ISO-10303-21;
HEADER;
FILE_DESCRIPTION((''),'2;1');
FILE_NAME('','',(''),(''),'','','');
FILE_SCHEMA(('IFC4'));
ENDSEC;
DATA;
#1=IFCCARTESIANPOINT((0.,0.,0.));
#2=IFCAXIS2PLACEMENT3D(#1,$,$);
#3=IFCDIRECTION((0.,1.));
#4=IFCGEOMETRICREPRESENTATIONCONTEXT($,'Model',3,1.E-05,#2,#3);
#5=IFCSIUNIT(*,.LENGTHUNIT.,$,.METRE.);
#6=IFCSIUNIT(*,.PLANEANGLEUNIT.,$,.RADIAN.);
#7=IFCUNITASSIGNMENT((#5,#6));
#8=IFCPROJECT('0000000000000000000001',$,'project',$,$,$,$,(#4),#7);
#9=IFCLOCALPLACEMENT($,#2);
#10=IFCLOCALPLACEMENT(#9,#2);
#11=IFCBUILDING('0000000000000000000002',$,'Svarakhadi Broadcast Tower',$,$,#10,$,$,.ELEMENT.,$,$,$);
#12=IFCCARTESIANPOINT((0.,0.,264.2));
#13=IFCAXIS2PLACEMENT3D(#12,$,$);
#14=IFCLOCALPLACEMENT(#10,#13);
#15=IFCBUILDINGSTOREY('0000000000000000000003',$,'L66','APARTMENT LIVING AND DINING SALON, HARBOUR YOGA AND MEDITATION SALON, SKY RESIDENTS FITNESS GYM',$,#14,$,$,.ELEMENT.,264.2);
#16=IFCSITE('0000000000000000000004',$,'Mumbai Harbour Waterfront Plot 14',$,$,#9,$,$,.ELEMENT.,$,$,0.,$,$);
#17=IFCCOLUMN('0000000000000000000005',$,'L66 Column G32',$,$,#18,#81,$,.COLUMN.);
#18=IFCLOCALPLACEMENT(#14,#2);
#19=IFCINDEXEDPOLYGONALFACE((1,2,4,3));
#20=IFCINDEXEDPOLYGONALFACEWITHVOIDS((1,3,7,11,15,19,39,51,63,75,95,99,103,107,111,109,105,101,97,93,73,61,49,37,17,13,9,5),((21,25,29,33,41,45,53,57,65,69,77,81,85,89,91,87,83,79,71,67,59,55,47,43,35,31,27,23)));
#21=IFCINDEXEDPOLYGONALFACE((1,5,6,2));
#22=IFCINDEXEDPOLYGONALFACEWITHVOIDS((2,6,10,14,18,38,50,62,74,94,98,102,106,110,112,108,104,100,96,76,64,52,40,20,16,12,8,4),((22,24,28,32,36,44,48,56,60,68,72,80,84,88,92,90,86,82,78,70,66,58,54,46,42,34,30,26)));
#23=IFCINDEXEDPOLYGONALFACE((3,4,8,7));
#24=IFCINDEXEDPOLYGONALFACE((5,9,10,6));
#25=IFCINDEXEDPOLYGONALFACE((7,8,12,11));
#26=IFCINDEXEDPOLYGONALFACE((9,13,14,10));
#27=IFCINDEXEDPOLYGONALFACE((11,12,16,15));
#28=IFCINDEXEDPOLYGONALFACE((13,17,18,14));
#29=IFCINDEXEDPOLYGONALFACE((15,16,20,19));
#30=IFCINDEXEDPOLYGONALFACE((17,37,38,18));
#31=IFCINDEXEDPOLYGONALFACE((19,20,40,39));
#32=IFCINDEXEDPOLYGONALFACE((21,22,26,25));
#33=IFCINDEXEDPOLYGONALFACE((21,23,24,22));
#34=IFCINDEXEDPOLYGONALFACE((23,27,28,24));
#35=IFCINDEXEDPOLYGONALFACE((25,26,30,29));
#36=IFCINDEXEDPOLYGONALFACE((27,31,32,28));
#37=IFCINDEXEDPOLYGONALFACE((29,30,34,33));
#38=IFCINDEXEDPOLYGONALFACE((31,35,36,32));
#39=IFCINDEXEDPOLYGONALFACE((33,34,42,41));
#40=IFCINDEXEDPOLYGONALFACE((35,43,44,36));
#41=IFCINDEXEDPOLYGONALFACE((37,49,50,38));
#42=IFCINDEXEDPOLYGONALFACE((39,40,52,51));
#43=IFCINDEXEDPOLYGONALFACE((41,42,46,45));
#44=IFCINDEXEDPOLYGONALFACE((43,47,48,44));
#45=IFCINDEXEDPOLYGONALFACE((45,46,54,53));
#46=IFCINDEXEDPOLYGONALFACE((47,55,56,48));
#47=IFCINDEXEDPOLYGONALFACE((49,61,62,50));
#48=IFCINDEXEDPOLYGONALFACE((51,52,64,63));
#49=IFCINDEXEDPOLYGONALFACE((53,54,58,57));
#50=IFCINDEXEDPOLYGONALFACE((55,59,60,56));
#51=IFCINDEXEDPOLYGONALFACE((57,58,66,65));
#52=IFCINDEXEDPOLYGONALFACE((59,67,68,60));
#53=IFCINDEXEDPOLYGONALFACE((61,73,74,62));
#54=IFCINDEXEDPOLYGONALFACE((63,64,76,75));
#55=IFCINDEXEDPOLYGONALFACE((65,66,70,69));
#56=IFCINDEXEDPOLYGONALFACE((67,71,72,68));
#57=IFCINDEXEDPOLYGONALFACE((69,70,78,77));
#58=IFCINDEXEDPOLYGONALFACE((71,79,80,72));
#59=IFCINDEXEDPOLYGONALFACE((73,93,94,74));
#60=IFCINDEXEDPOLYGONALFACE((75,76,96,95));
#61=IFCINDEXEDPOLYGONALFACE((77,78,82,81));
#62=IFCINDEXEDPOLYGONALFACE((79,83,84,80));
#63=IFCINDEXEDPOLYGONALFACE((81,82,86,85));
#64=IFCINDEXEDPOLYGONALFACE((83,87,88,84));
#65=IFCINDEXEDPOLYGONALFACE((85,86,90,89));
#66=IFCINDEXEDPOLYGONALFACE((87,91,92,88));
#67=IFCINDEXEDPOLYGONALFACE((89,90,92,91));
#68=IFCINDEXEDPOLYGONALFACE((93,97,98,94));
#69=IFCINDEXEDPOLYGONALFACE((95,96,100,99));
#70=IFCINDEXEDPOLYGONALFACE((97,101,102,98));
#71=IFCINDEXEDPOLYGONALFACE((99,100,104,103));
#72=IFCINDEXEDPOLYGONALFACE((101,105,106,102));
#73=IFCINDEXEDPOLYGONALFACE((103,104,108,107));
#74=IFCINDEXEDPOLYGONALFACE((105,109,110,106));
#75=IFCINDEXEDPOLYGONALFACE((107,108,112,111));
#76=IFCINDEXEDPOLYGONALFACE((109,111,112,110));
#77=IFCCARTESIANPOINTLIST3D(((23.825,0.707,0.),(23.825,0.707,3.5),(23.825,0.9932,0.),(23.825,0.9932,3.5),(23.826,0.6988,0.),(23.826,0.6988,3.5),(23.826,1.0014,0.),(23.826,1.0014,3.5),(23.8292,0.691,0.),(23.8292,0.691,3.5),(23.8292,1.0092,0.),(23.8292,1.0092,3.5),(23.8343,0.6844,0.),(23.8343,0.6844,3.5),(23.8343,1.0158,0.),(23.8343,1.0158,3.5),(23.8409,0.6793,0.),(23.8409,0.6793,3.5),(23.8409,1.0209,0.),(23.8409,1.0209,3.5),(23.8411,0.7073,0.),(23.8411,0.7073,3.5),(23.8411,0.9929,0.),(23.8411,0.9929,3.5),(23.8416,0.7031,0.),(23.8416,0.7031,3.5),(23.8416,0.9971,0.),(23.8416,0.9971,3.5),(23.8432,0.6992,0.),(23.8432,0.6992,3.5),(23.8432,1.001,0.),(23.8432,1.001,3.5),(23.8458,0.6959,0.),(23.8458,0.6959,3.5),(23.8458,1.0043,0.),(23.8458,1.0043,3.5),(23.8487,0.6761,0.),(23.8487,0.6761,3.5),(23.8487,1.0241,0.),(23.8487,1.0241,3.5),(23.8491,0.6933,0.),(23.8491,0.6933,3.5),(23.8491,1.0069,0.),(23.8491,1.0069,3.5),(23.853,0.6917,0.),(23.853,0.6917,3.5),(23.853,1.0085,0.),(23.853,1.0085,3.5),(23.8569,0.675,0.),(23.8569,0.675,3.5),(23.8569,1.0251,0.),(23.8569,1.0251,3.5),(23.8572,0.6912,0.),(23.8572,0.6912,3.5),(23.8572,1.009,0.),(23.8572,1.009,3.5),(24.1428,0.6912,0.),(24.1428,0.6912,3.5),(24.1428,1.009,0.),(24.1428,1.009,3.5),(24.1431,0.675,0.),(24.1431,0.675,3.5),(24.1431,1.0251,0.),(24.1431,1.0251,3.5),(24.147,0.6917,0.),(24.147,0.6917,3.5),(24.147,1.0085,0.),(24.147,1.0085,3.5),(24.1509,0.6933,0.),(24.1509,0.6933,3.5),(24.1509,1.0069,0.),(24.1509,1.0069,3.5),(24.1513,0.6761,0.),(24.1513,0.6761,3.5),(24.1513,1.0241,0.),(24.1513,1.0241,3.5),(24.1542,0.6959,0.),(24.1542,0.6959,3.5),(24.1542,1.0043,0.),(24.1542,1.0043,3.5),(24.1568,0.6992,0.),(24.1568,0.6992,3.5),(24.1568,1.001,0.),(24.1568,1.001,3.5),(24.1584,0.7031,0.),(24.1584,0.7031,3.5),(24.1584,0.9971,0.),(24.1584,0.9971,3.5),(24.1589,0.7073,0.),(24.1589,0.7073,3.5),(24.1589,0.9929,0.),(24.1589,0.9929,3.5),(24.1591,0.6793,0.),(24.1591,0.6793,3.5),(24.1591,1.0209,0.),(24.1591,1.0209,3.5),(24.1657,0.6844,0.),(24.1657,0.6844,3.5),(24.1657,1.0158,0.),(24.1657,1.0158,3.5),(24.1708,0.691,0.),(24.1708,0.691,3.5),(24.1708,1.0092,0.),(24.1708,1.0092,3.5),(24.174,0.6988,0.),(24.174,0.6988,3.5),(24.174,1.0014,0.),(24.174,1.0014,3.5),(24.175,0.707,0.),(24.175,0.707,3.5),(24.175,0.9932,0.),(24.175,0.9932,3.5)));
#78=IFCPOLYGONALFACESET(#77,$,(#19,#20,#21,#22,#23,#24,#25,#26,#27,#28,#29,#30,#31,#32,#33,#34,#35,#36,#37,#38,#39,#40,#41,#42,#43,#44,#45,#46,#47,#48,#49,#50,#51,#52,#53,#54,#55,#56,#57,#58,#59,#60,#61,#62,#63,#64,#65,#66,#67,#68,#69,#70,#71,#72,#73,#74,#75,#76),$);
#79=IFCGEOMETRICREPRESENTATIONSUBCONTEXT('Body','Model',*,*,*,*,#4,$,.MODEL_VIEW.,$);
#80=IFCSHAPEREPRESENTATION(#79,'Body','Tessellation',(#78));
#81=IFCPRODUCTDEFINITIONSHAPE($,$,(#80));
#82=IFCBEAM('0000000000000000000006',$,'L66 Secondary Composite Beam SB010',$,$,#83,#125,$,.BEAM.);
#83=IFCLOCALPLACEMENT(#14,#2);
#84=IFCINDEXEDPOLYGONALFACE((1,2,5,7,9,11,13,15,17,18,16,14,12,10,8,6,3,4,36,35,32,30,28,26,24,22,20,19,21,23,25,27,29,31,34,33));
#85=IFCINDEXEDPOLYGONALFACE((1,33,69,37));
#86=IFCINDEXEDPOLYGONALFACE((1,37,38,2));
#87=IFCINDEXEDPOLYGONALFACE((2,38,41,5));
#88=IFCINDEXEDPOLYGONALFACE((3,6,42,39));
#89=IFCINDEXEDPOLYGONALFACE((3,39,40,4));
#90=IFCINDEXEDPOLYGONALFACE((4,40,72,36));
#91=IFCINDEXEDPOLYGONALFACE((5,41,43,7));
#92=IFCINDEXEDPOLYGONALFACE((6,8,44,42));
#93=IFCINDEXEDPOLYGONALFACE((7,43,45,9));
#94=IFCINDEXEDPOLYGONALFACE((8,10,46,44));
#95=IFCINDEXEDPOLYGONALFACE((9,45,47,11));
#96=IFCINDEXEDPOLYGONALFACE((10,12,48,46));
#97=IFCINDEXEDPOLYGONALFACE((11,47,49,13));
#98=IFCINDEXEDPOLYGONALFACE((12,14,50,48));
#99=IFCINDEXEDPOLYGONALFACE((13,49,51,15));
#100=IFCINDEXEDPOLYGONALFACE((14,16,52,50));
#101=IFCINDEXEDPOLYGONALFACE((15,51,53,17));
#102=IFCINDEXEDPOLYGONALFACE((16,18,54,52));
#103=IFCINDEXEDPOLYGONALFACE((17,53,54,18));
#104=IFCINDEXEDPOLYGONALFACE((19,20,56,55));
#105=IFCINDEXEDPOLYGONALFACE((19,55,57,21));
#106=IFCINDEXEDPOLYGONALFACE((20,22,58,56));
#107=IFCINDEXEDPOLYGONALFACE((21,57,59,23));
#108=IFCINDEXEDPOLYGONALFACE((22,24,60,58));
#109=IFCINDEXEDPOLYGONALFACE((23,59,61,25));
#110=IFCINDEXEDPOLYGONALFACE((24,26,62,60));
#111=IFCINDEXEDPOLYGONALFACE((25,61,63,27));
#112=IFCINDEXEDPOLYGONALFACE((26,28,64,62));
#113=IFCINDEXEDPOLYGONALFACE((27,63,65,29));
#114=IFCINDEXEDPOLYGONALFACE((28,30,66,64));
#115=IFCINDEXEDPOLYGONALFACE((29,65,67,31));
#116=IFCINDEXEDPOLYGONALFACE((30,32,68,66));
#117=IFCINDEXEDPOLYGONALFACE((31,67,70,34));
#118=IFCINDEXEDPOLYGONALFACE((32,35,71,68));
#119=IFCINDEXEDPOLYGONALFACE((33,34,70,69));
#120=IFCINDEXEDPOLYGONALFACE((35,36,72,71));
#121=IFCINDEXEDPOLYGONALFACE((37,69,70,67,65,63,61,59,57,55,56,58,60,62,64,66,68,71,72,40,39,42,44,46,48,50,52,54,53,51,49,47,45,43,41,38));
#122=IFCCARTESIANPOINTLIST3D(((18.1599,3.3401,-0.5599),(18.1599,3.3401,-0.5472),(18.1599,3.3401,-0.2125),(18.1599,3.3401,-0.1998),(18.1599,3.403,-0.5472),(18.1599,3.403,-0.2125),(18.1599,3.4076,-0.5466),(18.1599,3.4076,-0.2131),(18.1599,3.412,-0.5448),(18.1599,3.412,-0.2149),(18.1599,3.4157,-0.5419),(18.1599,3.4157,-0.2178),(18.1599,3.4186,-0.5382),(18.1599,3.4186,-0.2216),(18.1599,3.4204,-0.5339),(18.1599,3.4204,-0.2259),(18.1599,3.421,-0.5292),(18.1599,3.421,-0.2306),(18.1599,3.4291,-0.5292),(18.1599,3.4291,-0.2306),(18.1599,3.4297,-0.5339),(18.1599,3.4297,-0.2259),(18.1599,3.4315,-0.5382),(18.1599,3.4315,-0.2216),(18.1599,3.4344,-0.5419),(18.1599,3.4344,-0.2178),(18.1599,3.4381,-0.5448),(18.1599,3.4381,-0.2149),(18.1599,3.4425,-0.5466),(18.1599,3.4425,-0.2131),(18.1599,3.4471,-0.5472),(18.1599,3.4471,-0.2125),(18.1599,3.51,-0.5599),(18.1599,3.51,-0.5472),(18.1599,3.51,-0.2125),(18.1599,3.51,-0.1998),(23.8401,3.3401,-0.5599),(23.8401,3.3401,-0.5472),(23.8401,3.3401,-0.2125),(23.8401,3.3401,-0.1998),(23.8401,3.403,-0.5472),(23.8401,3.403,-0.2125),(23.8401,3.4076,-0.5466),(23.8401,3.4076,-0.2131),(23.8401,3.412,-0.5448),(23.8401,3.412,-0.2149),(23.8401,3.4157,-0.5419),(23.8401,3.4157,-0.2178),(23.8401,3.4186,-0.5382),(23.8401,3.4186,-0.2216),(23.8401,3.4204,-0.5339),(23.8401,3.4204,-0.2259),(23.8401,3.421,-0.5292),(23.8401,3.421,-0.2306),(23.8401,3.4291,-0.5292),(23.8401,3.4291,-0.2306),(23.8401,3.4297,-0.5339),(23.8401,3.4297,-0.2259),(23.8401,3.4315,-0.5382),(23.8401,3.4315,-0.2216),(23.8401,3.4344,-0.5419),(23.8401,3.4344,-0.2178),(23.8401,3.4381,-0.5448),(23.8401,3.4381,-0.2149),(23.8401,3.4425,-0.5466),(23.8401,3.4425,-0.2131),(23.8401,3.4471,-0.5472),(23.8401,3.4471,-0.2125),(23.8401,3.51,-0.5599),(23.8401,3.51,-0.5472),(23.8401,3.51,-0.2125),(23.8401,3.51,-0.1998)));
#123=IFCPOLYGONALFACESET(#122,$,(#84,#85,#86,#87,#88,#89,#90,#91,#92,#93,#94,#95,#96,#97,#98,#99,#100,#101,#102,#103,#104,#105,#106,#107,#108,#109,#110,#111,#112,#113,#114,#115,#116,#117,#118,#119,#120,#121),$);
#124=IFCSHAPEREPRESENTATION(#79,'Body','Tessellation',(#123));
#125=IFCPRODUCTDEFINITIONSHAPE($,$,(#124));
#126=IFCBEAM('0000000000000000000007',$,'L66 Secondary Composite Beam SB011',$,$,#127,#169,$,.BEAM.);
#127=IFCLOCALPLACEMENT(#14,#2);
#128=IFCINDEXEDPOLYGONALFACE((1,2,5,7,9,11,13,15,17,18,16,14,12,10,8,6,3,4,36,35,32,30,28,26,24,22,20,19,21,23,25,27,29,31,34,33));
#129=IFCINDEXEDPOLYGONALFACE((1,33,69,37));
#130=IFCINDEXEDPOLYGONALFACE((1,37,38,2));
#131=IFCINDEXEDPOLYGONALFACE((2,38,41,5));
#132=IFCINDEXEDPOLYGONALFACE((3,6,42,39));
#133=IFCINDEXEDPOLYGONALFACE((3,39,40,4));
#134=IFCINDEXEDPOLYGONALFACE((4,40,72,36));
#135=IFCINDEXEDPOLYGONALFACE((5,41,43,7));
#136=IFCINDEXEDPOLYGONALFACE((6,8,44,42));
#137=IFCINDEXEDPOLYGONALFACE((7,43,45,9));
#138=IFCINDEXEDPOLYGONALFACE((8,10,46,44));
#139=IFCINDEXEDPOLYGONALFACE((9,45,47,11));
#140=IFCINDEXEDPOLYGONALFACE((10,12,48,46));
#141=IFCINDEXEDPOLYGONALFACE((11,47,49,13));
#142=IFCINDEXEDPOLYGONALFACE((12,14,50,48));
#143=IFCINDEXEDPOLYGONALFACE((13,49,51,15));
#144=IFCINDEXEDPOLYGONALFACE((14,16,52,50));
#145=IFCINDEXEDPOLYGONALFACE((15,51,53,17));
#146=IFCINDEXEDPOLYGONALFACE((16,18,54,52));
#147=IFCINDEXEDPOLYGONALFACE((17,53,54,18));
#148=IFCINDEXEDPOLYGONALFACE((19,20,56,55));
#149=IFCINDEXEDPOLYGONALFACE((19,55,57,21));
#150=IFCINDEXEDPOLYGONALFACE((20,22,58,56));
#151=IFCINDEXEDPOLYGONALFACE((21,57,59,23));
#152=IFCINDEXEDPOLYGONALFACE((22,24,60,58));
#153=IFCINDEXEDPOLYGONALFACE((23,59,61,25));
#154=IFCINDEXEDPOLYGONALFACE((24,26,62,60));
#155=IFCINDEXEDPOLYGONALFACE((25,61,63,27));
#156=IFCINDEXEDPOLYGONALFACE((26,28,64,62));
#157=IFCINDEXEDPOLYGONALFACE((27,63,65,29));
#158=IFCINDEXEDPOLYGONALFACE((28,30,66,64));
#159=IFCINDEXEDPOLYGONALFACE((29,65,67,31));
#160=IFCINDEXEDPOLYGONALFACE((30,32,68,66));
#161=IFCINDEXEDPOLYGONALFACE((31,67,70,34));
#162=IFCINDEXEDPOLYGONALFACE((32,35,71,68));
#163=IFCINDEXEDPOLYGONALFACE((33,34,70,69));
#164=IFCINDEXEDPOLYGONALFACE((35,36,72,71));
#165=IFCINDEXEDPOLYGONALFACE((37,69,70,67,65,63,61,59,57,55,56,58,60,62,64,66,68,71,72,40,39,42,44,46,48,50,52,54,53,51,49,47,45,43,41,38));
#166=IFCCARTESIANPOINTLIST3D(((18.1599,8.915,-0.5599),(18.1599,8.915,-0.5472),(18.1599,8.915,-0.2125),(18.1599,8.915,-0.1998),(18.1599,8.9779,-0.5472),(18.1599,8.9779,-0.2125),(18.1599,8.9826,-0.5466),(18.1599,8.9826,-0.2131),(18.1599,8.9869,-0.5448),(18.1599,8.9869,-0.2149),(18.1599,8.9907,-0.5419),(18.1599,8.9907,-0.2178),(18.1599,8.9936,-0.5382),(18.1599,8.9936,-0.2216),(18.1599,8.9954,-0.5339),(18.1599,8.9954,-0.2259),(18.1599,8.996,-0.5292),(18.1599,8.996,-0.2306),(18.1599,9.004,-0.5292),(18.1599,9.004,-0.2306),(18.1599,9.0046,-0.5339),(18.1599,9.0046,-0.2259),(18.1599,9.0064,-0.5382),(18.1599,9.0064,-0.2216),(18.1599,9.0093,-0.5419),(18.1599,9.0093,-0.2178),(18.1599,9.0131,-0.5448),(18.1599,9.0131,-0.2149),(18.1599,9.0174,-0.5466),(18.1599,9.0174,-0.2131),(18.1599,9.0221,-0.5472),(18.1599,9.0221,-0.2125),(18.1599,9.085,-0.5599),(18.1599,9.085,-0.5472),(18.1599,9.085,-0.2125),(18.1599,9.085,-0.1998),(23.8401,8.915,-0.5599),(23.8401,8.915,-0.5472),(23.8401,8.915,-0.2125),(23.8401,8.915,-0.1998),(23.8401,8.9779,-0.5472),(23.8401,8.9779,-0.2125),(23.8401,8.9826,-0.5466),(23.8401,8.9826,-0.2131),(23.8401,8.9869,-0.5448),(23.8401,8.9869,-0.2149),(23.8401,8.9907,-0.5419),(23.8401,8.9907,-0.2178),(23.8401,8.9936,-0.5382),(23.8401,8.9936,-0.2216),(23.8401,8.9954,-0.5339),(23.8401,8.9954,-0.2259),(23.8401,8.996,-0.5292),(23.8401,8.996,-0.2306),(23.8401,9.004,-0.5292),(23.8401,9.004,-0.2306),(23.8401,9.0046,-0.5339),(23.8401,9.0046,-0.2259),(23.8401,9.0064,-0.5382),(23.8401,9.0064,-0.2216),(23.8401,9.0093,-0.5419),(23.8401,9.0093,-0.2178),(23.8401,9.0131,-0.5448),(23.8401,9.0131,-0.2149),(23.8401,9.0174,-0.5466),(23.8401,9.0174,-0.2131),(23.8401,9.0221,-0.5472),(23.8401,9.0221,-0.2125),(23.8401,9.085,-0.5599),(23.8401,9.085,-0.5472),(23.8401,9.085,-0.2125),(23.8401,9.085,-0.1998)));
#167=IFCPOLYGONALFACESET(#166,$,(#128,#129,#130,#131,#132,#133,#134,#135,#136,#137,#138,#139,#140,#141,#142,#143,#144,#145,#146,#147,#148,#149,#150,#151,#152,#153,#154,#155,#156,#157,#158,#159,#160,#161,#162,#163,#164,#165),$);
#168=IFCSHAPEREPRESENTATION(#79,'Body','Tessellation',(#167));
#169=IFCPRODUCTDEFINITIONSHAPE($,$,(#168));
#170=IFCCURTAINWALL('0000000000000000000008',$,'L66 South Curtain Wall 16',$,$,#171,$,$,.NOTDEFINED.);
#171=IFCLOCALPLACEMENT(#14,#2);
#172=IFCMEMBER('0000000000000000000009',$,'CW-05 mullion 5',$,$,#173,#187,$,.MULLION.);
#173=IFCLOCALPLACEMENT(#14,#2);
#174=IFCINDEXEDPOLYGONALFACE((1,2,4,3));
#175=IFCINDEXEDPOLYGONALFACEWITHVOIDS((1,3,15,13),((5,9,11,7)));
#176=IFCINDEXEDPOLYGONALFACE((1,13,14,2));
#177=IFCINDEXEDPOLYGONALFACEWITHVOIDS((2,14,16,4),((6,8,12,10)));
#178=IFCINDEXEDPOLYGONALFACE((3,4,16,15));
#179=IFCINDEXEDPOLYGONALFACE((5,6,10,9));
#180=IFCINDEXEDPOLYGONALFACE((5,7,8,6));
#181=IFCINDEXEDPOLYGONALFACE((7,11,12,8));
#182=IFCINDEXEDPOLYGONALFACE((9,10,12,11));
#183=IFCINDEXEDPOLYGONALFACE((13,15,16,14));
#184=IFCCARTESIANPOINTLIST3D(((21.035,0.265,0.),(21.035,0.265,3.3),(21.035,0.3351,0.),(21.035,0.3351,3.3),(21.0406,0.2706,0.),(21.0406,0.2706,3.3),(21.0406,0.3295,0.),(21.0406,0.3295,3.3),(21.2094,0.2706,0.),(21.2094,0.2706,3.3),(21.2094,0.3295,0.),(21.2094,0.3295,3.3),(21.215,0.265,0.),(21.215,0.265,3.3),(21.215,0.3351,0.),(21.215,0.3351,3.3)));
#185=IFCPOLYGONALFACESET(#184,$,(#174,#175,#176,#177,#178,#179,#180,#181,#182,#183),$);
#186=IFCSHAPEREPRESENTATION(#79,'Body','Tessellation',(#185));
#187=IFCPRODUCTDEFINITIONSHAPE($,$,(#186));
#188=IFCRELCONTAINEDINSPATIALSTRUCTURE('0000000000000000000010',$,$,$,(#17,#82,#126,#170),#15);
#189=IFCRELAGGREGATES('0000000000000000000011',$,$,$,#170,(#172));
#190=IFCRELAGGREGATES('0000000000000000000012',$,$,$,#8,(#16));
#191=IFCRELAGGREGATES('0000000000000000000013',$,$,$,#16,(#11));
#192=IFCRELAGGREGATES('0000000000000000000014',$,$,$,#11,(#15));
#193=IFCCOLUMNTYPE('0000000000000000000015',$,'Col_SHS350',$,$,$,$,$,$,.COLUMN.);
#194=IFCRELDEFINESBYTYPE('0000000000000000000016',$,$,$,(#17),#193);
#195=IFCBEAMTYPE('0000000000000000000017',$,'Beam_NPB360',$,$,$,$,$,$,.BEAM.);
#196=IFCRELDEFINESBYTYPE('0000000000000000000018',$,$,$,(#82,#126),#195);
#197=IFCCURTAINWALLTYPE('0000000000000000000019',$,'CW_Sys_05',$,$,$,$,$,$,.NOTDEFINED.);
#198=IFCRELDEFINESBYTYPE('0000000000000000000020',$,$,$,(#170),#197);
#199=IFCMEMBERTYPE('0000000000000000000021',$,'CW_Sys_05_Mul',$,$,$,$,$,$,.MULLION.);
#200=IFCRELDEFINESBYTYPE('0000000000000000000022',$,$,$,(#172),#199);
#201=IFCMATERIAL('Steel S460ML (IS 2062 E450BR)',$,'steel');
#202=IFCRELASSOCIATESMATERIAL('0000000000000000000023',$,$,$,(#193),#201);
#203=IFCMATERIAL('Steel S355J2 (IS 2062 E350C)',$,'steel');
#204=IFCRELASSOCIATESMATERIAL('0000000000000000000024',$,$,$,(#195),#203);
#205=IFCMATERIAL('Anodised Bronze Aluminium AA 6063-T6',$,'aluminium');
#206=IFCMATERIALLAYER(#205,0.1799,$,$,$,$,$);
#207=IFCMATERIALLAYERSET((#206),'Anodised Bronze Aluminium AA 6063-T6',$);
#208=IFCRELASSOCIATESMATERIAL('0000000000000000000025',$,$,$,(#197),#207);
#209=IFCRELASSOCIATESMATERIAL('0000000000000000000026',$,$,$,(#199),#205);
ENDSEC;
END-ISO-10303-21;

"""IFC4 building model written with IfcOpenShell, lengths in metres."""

from ifc_helpers import new_model, si_unit, direction, frame, origin, origin_2d, place, context, subcontext, project, spatial, hollow_rectangle, i_section, extrude, material, layer, layer_set, material_profile, profile_set, type_object, element, aggregate, save


model = new_model("IFC4")

# Units and contexts
model_context = context("Model", 3, precision=1e-05, world=origin(), true_north=direction((0.0, 1.0)))
body_context = subcontext(model_context, "Body", "Model", "MODEL_VIEW")
ifc_project = project(units=[si_unit("LENGTHUNIT", "METRE"), si_unit("PLANEANGLEUNIT", "RADIAN")], contexts=[model_context])

# Site, building, storey
site_placement = place(None, origin())
site = spatial("IfcSite", under=ifc_project, at=site_placement, Name="Mumbai Harbour Waterfront Plot 14", CompositionType="ELEMENT", RefElevation=0.0)
building_placement = place(site_placement, origin())
building = spatial("IfcBuilding", under=site, at=building_placement, Name="Svarakhadi Broadcast Tower", CompositionType="ELEMENT")
storey_placement = place(building_placement, frame((0.0, 0.0, 264.2)))
storey = spatial("IfcBuildingStorey", under=building, at=storey_placement, Name="L66", Description="APARTMENT LIVING AND DINING SALON, HARBOUR YOGA AND MEDITATION SALON, SKY RESIDENTS FITNESS GYM", CompositionType="ELEMENT", Elevation=264.2)

# Column
ifc_material_1 = material(Name="Steel S460ML (IS 2062 E450BR)", Category="steel")
ifc_material_profile_1 = material_profile(ifc_material_1, hollow_rectangle(XDim=0.3501, YDim=0.3501, WallThickness=0.0161, InnerFilletRadius=0.0161, OuterFilletRadius=0.032, at=origin_2d()), Name="SHS 350x350x16")
ifc_profile_set_1 = profile_set([ifc_material_profile_1], Name="Steel S460ML (IS 2062 E450BR)")
column_type = type_object("IfcColumnType", Name="Col_SHS350", PredefinedType="COLUMN", material=ifc_profile_set_1)
for number, where, z_axis, x_axis, name in (
    (1, (24.0, 0.8501, 0.0), (0.0, 0.0, 1.0), (1.0, 0.0, 0.0), "L66 Column G32"),
):
    element("IfcColumn", number, at=place(storey_placement, frame(where, z_axis=z_axis, x_axis=x_axis)), inside=storey, type_object=column_type, Name=name, PredefinedType="COLUMN", context=body_context, shape_type="SweptSolid", body=[
        extrude(hollow_rectangle(XDim=0.3501, YDim=0.3501, WallThickness=0.0161, InnerFilletRadius=0.0161, OuterFilletRadius=0.032, at=origin_2d()), origin(), (0.0, 0.0, 1.0), 3.5),
    ])

# Beams
ifc_material_2 = material(Name="Steel S355J2 (IS 2062 E350C)", Category="steel")
ifc_material_profile_2 = material_profile(ifc_material_2, i_section(OverallWidth=0.1699, OverallDepth=0.3601, WebThickness=0.0081, FlangeThickness=0.0127, FilletRadius=0.0181, at=origin_2d()), Name="NPB 360x170x57")
ifc_profile_set_2 = profile_set([ifc_material_profile_2], Name="Steel S355J2 (IS 2062 E350C)")
beam_type_1 = type_object("IfcBeamType", Name="Beam_NPB360", PredefinedType="BEAM", material=ifc_profile_set_2)
for number, where, z_axis, x_axis, name in (
    (2, (18.1599, 3.425, -0.3799), (1.0, 0.0, 0.0), (0.0, 1.0, 0.0), "L66 Secondary Composite Beam SB010"),
    (3, (18.1599, 9.0, -0.3799), (1.0, 0.0, 0.0), (0.0, 1.0, 0.0), "L66 Secondary Composite Beam SB011"),
):
    element("IfcBeam", number, at=place(storey_placement, frame(where, z_axis=z_axis, x_axis=x_axis)), inside=storey, type_object=beam_type_1, Name=name, PredefinedType="BEAM", context=body_context, shape_type="SweptSolid", body=[
        extrude(i_section(OverallWidth=0.1699, OverallDepth=0.3601, WebThickness=0.0081, FlangeThickness=0.0127, FilletRadius=0.0181, at=origin_2d()), origin(), (0.0, 0.0, 1.0), 5.6802),
    ])

# Curtain wall, member
ifc_material_3 = material(Name="Anodised Bronze Aluminium AA 6063-T6", Category="aluminium")
ifc_layer_1 = layer(ifc_material_3, 0.1799)
ifc_layer_set_1 = layer_set([ifc_layer_1], Name="Anodised Bronze Aluminium AA 6063-T6")
curtain_wall_type = type_object("IfcCurtainWallType", Name="CW_Sys_05", PredefinedType="NOTDEFINED", material=ifc_layer_set_1)
curtain_wall_placement = place(storey_placement, origin())
curtain_wall = element("IfcCurtainWall", 4, at=curtain_wall_placement, inside=storey, type_object=curtain_wall_type, Name="L66 South Curtain Wall 16", PredefinedType="NOTDEFINED")
ifc_material_profile_3 = material_profile(ifc_material_3, hollow_rectangle(XDim=0.0701, YDim=0.1799, WallThickness=0.0056, at=origin_2d()), Name="ALU MULLION 180x70x6")
ifc_profile_set_3 = profile_set([ifc_material_profile_3], Name="Anodised Bronze Aluminium AA 6063-T6")
member_type_1 = type_object("IfcMemberType", Name="CW_Sys_05_Mul", PredefinedType="MULLION", material=ifc_profile_set_3)
member_1_placement = place(storey_placement, frame((21.125, 0.3, 0.0), z_axis=(0.0, 0.0, 1.0), x_axis=(0.0, -1.0, 0.0)))
member_1 = element("IfcMember", 5, at=member_1_placement, type_object=member_type_1, Name="CW-05 mullion 5", PredefinedType="MULLION", context=body_context, shape_type="SweptSolid", body=[
    extrude(hollow_rectangle(XDim=0.0701, YDim=0.1799, WallThickness=0.0056, at=origin_2d()), origin(), (0.0, 0.0, 1.0), 3.3),
])

aggregate(curtain_wall, [member_1])

save(model, "model.ifc")
